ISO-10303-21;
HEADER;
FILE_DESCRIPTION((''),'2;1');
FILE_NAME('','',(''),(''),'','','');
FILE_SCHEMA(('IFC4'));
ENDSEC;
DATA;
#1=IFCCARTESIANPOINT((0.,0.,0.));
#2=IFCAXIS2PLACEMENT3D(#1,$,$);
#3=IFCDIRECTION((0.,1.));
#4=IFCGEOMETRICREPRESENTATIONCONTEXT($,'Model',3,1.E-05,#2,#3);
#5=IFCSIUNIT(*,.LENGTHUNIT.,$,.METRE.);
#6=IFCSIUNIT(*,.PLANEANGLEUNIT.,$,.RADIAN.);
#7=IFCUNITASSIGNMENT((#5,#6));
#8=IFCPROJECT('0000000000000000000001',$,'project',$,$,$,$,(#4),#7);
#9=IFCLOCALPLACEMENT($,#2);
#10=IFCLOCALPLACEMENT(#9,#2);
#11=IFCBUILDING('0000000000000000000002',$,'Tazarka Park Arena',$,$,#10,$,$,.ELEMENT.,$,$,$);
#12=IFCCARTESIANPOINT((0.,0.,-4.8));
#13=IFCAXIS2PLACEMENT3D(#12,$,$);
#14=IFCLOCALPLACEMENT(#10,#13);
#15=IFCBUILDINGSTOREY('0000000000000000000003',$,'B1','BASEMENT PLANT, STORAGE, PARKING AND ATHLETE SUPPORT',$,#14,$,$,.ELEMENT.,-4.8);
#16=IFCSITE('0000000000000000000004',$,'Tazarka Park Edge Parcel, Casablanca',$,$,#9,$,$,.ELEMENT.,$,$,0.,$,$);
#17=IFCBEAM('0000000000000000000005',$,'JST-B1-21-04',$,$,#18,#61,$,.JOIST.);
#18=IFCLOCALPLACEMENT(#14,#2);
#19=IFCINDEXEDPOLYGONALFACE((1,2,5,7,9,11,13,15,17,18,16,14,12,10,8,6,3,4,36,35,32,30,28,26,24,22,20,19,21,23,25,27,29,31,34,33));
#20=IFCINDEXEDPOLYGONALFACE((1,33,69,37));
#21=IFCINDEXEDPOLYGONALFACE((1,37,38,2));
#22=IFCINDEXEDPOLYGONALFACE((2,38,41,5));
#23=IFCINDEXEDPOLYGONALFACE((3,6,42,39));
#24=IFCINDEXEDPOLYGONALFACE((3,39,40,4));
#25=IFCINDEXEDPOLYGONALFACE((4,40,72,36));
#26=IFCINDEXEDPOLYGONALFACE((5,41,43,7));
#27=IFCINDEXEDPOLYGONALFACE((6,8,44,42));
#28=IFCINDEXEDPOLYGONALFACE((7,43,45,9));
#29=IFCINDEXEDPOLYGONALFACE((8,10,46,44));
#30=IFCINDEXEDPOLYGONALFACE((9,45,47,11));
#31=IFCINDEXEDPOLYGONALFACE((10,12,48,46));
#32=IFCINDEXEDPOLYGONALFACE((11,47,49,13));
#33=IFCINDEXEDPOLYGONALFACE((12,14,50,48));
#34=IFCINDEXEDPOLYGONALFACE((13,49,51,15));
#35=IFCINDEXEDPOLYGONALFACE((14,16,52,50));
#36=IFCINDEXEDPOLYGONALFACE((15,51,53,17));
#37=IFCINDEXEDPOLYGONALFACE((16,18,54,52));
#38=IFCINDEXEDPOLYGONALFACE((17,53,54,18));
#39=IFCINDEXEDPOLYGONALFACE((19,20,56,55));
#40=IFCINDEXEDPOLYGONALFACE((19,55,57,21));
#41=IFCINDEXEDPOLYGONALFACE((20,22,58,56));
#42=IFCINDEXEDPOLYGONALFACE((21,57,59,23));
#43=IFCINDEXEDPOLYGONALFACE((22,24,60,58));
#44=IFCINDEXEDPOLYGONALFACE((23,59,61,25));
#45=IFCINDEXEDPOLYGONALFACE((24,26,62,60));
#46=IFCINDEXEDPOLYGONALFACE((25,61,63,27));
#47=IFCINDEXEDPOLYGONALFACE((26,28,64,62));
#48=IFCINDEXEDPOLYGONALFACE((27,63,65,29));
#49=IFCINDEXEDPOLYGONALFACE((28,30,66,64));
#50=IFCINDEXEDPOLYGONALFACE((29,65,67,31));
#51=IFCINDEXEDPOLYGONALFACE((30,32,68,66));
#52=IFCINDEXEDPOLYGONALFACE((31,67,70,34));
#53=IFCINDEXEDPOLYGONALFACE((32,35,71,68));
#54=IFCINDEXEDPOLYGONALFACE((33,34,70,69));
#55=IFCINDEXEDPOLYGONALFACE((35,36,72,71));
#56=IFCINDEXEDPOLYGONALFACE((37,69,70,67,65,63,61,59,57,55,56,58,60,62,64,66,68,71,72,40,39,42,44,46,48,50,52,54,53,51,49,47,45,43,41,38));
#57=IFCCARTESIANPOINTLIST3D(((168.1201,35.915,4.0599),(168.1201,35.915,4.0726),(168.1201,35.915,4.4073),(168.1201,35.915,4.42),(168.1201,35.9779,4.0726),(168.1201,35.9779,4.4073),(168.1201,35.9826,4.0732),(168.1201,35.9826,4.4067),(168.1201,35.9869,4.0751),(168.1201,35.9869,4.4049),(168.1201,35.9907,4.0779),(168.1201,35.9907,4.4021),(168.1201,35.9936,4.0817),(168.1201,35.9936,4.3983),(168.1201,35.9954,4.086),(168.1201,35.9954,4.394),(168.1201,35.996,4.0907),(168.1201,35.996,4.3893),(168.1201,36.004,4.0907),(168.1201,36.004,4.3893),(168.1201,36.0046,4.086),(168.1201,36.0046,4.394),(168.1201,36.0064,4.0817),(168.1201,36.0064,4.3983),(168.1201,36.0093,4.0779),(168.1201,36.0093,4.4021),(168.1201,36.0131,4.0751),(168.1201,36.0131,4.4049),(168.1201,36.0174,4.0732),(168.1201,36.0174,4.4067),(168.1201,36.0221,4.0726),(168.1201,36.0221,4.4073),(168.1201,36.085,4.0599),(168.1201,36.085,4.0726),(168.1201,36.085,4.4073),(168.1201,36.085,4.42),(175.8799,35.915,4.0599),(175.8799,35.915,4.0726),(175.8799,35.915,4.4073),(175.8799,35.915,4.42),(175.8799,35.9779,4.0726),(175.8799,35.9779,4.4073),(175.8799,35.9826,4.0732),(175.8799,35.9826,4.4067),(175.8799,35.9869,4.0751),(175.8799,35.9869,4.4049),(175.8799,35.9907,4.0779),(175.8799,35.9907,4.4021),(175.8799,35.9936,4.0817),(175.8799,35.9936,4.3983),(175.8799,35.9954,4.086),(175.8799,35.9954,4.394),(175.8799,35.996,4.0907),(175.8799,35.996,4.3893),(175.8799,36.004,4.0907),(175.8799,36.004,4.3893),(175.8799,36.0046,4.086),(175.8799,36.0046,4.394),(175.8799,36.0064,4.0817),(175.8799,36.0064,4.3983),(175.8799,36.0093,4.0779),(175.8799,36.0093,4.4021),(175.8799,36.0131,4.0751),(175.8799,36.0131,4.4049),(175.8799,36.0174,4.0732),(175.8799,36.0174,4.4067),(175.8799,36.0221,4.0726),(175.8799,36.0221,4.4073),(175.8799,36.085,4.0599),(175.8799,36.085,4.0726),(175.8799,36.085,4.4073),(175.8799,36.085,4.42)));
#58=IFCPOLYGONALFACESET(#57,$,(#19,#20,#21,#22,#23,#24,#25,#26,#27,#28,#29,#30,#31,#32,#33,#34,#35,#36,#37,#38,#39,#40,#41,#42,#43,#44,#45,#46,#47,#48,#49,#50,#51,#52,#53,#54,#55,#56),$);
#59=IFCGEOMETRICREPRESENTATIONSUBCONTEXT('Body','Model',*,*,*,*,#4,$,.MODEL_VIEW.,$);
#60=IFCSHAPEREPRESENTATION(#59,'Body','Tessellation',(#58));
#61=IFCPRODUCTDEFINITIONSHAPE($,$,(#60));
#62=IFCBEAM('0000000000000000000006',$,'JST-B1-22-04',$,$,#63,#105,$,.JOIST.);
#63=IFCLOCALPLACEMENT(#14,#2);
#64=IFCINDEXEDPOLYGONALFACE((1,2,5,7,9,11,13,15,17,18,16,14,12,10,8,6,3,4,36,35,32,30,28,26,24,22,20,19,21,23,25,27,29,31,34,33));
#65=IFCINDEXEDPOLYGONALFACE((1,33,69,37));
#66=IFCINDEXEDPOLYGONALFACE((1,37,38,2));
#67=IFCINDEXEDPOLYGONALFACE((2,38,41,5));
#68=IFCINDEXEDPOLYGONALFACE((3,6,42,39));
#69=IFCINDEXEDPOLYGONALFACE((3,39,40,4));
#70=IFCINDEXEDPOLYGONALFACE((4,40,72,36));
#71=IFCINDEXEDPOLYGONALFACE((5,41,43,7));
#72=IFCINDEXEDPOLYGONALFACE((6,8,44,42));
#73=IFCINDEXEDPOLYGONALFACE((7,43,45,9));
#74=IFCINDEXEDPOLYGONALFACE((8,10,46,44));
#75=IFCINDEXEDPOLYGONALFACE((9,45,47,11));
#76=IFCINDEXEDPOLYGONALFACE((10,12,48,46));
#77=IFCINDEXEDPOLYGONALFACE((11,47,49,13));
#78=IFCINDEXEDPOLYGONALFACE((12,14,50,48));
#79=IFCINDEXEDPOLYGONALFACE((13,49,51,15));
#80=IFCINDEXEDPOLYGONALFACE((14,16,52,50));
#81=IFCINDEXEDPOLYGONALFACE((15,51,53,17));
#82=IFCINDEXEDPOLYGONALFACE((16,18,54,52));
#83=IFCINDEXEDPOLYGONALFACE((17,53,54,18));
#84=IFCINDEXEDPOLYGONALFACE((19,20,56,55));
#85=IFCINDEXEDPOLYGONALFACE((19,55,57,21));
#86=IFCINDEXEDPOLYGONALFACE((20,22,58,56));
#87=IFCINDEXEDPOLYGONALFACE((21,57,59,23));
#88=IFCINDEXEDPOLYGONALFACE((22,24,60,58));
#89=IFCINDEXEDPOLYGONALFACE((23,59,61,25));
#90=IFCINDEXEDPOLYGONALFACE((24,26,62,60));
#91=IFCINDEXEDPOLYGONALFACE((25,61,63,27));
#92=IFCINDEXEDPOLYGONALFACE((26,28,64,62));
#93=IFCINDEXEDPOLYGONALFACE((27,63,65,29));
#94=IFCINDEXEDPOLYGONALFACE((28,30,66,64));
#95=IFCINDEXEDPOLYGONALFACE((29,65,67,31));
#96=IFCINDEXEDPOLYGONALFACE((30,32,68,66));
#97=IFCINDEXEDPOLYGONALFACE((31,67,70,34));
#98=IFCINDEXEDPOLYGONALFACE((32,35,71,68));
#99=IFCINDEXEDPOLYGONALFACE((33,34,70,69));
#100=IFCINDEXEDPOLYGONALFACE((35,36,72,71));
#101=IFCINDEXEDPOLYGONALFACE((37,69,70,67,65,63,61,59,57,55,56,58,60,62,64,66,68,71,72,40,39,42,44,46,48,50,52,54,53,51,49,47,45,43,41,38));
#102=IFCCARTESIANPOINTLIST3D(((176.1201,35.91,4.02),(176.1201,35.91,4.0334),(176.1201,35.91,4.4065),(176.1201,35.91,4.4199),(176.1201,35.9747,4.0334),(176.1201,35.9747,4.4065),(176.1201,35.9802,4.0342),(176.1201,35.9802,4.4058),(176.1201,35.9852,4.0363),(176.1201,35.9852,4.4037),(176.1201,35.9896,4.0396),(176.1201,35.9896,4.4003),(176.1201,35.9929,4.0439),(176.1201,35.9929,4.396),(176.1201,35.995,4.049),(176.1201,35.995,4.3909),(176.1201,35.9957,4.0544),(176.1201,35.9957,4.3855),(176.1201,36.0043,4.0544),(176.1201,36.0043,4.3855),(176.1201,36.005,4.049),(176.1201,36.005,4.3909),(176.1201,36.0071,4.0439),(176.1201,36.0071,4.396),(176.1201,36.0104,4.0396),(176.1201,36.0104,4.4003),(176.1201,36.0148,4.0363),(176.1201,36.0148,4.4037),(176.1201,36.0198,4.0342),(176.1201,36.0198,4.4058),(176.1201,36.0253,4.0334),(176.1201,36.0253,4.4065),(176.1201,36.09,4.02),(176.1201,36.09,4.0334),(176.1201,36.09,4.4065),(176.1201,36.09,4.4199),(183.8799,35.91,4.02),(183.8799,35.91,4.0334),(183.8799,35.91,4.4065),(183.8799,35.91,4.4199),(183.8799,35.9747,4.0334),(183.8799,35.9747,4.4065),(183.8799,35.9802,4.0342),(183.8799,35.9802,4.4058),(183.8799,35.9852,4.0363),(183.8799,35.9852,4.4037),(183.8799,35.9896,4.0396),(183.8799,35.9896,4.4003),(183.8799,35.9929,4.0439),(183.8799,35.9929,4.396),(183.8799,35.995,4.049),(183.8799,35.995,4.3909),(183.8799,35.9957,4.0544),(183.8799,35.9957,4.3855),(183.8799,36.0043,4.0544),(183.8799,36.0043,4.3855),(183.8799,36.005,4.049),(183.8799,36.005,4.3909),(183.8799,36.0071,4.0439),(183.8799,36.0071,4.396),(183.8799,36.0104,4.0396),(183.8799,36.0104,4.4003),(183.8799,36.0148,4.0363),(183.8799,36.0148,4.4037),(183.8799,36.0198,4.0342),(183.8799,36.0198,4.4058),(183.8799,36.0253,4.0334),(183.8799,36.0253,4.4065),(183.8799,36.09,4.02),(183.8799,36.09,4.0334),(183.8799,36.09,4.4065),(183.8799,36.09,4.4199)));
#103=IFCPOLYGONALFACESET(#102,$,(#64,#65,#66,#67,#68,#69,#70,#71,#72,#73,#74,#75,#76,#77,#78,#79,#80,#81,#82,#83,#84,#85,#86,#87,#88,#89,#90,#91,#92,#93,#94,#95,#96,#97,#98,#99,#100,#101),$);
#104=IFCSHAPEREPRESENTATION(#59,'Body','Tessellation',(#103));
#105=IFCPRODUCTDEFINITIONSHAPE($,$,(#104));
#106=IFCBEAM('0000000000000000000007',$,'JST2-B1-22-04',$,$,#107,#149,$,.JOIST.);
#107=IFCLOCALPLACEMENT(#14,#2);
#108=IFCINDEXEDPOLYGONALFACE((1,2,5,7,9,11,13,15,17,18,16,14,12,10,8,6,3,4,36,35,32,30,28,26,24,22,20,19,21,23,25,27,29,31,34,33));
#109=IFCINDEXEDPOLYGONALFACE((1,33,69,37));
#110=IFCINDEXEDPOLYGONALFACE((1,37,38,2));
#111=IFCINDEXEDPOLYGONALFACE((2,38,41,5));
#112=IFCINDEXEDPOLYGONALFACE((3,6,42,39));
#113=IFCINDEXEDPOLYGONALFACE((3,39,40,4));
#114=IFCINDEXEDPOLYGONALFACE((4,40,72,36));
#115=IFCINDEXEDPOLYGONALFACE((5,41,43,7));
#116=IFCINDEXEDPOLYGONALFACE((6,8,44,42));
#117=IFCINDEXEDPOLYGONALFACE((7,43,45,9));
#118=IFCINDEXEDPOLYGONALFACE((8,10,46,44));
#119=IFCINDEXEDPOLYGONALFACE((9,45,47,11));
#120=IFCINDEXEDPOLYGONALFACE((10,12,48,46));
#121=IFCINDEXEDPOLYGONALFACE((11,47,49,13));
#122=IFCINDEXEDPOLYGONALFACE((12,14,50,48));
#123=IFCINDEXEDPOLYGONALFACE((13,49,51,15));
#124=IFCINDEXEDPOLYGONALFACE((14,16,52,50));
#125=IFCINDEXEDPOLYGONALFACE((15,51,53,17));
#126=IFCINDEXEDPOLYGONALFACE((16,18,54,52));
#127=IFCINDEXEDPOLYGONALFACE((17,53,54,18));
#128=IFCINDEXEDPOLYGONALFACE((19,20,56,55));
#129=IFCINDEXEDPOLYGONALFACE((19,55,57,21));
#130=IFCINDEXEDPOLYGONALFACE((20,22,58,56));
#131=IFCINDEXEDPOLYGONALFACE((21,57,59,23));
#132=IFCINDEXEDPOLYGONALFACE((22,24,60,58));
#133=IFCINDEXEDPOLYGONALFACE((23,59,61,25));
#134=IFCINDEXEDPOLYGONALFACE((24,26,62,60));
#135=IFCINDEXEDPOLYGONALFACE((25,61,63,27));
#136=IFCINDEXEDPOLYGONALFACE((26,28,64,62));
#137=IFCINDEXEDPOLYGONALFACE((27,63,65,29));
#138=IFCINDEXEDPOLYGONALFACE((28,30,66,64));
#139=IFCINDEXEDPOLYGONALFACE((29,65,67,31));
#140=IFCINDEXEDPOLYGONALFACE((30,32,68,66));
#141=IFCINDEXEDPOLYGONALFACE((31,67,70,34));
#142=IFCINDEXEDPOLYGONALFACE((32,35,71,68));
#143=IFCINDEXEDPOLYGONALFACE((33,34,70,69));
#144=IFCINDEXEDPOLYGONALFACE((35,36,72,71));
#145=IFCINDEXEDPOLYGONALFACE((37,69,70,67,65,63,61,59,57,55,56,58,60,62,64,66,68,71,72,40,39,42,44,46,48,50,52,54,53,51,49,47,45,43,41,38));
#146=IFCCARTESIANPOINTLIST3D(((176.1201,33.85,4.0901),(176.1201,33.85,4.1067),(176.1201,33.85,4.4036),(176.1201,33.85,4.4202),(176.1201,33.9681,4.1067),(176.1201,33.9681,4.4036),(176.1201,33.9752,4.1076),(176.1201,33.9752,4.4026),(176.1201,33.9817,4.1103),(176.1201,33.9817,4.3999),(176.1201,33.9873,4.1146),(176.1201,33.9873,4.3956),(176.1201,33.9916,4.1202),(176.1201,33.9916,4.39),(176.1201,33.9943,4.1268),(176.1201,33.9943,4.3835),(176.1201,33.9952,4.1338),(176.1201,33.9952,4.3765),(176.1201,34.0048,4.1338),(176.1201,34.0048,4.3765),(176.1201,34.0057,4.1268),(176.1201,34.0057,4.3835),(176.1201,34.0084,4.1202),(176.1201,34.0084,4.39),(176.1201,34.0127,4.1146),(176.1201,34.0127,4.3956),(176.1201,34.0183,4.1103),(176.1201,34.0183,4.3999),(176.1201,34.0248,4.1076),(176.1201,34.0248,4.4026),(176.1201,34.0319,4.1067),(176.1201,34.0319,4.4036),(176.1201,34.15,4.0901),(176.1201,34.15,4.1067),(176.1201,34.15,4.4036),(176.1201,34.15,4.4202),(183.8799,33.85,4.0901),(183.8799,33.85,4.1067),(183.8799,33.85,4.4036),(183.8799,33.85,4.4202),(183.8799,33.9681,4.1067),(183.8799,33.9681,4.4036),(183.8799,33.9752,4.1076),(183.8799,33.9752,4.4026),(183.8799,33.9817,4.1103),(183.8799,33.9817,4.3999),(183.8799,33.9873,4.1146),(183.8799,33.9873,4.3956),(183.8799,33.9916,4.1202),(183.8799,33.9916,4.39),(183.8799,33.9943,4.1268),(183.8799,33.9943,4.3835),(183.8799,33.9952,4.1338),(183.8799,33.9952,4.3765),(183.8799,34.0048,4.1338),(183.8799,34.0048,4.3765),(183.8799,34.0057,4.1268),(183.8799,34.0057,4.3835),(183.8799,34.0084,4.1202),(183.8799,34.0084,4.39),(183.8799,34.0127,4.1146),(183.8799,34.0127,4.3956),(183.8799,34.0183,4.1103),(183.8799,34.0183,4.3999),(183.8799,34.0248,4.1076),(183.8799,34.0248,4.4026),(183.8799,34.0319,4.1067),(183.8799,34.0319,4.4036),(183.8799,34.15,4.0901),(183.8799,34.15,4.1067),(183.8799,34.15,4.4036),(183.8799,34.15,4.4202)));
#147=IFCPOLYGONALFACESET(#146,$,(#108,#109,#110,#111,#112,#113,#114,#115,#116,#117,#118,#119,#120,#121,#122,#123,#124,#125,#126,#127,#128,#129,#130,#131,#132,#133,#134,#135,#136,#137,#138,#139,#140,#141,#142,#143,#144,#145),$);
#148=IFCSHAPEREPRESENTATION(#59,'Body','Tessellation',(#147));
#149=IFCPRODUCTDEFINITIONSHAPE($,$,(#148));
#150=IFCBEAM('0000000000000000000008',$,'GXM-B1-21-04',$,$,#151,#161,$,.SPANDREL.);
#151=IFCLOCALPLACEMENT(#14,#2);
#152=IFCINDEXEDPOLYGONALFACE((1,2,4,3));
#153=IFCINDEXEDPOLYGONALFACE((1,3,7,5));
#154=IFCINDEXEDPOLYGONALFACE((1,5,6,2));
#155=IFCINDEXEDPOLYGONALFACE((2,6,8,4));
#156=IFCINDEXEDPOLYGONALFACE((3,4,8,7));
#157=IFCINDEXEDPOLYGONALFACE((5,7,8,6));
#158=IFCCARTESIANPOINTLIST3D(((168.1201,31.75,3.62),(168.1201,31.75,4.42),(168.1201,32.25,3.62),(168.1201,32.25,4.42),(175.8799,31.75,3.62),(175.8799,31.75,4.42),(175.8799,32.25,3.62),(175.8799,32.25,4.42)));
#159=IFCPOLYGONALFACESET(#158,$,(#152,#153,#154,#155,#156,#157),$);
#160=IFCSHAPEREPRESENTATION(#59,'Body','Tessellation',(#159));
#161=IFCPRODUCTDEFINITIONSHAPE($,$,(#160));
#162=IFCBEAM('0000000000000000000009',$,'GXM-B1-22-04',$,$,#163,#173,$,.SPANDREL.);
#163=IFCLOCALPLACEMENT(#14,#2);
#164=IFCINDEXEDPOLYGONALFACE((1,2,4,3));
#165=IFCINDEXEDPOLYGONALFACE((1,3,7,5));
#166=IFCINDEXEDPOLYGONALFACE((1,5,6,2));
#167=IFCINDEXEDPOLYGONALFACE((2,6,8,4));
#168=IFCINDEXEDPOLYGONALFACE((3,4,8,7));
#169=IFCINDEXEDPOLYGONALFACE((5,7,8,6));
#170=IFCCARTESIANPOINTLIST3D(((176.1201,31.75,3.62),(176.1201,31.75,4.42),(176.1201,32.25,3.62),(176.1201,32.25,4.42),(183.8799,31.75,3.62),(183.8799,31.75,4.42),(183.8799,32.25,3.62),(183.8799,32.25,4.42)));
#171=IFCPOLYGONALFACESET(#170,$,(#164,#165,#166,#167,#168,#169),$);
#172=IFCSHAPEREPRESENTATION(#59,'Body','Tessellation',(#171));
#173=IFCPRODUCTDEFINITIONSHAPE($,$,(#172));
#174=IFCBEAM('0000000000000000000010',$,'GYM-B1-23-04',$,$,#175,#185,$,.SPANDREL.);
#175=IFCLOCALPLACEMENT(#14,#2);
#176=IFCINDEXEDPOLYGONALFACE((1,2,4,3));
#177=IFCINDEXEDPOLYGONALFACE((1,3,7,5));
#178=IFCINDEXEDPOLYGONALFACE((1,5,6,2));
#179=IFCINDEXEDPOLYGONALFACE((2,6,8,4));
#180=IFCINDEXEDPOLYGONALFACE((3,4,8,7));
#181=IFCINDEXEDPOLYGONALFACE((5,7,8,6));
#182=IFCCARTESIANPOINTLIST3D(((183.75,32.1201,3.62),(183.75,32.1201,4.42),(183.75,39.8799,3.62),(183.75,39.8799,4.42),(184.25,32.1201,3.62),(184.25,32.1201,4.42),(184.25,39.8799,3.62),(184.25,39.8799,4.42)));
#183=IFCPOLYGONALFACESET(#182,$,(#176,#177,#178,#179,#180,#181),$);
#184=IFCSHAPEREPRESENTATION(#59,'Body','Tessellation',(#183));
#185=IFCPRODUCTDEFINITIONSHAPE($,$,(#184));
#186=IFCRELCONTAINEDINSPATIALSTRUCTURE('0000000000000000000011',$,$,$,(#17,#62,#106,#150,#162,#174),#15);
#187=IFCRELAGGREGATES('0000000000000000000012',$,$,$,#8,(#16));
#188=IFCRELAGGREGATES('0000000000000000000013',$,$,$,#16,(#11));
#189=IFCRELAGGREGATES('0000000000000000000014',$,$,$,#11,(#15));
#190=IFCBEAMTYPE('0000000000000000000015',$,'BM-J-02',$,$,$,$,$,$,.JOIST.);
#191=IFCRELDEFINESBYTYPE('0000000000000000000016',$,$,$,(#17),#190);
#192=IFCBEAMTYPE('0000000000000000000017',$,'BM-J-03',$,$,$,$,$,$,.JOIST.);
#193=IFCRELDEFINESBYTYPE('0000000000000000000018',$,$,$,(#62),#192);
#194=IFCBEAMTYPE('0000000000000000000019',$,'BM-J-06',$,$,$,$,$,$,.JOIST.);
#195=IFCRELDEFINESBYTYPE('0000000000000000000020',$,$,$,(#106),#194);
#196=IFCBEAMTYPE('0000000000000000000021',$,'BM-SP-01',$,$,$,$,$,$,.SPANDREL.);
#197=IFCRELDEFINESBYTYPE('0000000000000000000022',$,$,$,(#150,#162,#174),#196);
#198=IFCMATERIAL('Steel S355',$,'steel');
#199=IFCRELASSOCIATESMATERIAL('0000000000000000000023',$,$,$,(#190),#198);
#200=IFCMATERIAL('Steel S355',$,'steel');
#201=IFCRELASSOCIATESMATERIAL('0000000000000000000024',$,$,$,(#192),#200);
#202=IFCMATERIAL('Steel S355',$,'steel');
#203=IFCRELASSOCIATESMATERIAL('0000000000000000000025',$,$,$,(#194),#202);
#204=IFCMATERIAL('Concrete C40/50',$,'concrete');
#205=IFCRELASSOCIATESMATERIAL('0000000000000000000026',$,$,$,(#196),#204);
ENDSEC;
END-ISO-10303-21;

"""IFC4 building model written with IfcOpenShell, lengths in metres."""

from ifc_helpers import new_model, si_unit, direction, frame, origin, origin_2d, place, context, subcontext, project, spatial, rectangle, i_section, extrude, material, material_profile, profile_set, type_object, element, save


model = new_model("IFC4")

# Units and contexts
model_context = context("Model", 3, precision=1e-05, world=origin(), true_north=direction((0.0, 1.0)))
body_context = subcontext(model_context, "Body", "Model", "MODEL_VIEW")
ifc_project = project(units=[si_unit("LENGTHUNIT", "METRE"), si_unit("PLANEANGLEUNIT", "RADIAN")], contexts=[model_context])

# Site, building, storey
site_placement = place(None, origin())
site = spatial("IfcSite", under=ifc_project, at=site_placement, Name="Tazarka Park Edge Parcel, Casablanca", CompositionType="ELEMENT", RefElevation=0.0)
building_placement = place(site_placement, origin())
building = spatial("IfcBuilding", under=site, at=building_placement, Name="Tazarka Park Arena", CompositionType="ELEMENT")
storey_placement = place(building_placement, frame((0.0, 0.0, -4.8)))
storey = spatial("IfcBuildingStorey", under=building, at=storey_placement, Name="B1", Description="BASEMENT PLANT, STORAGE, PARKING AND ATHLETE SUPPORT", CompositionType="ELEMENT", Elevation=-4.8)

# Beams
ifc_material_1 = material(Name="Steel S355", Category="steel")
ifc_material_profile_1 = material_profile(ifc_material_1, i_section(OverallWidth=0.1699, OverallDepth=0.3601, WebThickness=0.0081, FlangeThickness=0.0127, FilletRadius=0.0181, at=origin_2d()), Name="Steel S355")
ifc_profile_set_1 = profile_set([ifc_material_profile_1], Name="Steel S355")
beam_type_1 = type_object("IfcBeamType", Name="BM-J-02", PredefinedType="JOIST", material=ifc_profile_set_1)
beam_1_placement = place(storey_placement, frame((168.1201, 36.0, 4.24), z_axis=(1.0, 0.0, 0.0), x_axis=(0.0, 1.0, 0.0)))
element("IfcBeam", 1, at=beam_1_placement, inside=storey, type_object=beam_type_1, Name="JST-B1-21-04", PredefinedType="JOIST", context=body_context, shape_type="SweptSolid", body=[
    extrude(i_section(OverallWidth=0.1699, OverallDepth=0.3601, WebThickness=0.0081, FlangeThickness=0.0127, FilletRadius=0.0181, at=origin_2d()), origin(), (0.0, 0.0, 1.0), 7.7598),
])
ifc_material_2 = material(Name="Steel S355", Category="steel")
ifc_material_profile_2 = material_profile(ifc_material_2, i_section(OverallWidth=0.1799, OverallDepth=0.3999, WebThickness=0.0085, FlangeThickness=0.0134, FilletRadius=0.021, at=origin_2d()), Name="Steel S355")
ifc_profile_set_2 = profile_set([ifc_material_profile_2], Name="Steel S355")
beam_type_2 = type_object("IfcBeamType", Name="BM-J-03", PredefinedType="JOIST", material=ifc_profile_set_2)
beam_2_placement = place(storey_placement, frame((176.1201, 36.0, 4.22), z_axis=(1.0, 0.0, 0.0), x_axis=(0.0, 1.0, 0.0)))
element("IfcBeam", 2, at=beam_2_placement, inside=storey, type_object=beam_type_2, Name="JST-B1-22-04", PredefinedType="JOIST", context=body_context, shape_type="SweptSolid", body=[
    extrude(i_section(OverallWidth=0.1799, OverallDepth=0.3999, WebThickness=0.0085, FlangeThickness=0.0134, FilletRadius=0.021, at=origin_2d()), origin(), (0.0, 0.0, 1.0), 7.7598),
])
ifc_material_3 = material(Name="Steel S355", Category="steel")
ifc_material_profile_3 = material_profile(ifc_material_3, i_section(OverallWidth=0.3, OverallDepth=0.3301, WebThickness=0.0095, FlangeThickness=0.0166, FilletRadius=0.0271, at=origin_2d()), Name="Steel S355")
ifc_profile_set_3 = profile_set([ifc_material_profile_3], Name="Steel S355")
beam_type_3 = type_object("IfcBeamType", Name="BM-J-06", PredefinedType="JOIST", material=ifc_profile_set_3)
beam_3_placement = place(storey_placement, frame((176.1201, 34.0, 4.2551), z_axis=(1.0, 0.0, 0.0), x_axis=(0.0, 1.0, 0.0)))
element("IfcBeam", 3, at=beam_3_placement, inside=storey, type_object=beam_type_3, Name="JST2-B1-22-04", PredefinedType="JOIST", context=body_context, shape_type="SweptSolid", body=[
    extrude(i_section(OverallWidth=0.3, OverallDepth=0.3301, WebThickness=0.0095, FlangeThickness=0.0166, FilletRadius=0.0271, at=origin_2d()), origin(), (0.0, 0.0, 1.0), 7.7598),
])
ifc_material_4 = material(Name="Concrete C40/50", Category="concrete")
ifc_material_profile_4 = material_profile(ifc_material_4, rectangle(XDim=0.5, YDim=0.8, at=origin_2d()), Name="Concrete C40/50")
ifc_profile_set_4 = profile_set([ifc_material_profile_4], Name="Concrete C40/50")
beam_type_4 = type_object("IfcBeamType", Name="BM-SP-01", PredefinedType="SPANDREL", material=ifc_profile_set_4)
for number, where, z_axis, x_axis, name in (
    (4, (168.1201, 32.0, 4.02), (1.0, 0.0, 0.0), (0.0, 1.0, 0.0), "GXM-B1-21-04"),
    (5, (176.1201, 32.0, 4.02), (1.0, 0.0, 0.0), (0.0, 1.0, 0.0), "GXM-B1-22-04"),
    (6, (184.0, 32.1201, 4.02), (0.0, 1.0, 0.0), (-1.0, 0.0, 0.0), "GYM-B1-23-04"),
):
    element("IfcBeam", number, at=place(storey_placement, frame(where, z_axis=z_axis, x_axis=x_axis)), inside=storey, type_object=beam_type_4, Name=name, PredefinedType="SPANDREL", context=body_context, shape_type="SweptSolid", body=[
        extrude(rectangle(XDim=0.5, YDim=0.8, at=origin_2d()), origin(), (0.0, 0.0, 1.0), 7.7598),
    ])

save(model, "model.ifc")
